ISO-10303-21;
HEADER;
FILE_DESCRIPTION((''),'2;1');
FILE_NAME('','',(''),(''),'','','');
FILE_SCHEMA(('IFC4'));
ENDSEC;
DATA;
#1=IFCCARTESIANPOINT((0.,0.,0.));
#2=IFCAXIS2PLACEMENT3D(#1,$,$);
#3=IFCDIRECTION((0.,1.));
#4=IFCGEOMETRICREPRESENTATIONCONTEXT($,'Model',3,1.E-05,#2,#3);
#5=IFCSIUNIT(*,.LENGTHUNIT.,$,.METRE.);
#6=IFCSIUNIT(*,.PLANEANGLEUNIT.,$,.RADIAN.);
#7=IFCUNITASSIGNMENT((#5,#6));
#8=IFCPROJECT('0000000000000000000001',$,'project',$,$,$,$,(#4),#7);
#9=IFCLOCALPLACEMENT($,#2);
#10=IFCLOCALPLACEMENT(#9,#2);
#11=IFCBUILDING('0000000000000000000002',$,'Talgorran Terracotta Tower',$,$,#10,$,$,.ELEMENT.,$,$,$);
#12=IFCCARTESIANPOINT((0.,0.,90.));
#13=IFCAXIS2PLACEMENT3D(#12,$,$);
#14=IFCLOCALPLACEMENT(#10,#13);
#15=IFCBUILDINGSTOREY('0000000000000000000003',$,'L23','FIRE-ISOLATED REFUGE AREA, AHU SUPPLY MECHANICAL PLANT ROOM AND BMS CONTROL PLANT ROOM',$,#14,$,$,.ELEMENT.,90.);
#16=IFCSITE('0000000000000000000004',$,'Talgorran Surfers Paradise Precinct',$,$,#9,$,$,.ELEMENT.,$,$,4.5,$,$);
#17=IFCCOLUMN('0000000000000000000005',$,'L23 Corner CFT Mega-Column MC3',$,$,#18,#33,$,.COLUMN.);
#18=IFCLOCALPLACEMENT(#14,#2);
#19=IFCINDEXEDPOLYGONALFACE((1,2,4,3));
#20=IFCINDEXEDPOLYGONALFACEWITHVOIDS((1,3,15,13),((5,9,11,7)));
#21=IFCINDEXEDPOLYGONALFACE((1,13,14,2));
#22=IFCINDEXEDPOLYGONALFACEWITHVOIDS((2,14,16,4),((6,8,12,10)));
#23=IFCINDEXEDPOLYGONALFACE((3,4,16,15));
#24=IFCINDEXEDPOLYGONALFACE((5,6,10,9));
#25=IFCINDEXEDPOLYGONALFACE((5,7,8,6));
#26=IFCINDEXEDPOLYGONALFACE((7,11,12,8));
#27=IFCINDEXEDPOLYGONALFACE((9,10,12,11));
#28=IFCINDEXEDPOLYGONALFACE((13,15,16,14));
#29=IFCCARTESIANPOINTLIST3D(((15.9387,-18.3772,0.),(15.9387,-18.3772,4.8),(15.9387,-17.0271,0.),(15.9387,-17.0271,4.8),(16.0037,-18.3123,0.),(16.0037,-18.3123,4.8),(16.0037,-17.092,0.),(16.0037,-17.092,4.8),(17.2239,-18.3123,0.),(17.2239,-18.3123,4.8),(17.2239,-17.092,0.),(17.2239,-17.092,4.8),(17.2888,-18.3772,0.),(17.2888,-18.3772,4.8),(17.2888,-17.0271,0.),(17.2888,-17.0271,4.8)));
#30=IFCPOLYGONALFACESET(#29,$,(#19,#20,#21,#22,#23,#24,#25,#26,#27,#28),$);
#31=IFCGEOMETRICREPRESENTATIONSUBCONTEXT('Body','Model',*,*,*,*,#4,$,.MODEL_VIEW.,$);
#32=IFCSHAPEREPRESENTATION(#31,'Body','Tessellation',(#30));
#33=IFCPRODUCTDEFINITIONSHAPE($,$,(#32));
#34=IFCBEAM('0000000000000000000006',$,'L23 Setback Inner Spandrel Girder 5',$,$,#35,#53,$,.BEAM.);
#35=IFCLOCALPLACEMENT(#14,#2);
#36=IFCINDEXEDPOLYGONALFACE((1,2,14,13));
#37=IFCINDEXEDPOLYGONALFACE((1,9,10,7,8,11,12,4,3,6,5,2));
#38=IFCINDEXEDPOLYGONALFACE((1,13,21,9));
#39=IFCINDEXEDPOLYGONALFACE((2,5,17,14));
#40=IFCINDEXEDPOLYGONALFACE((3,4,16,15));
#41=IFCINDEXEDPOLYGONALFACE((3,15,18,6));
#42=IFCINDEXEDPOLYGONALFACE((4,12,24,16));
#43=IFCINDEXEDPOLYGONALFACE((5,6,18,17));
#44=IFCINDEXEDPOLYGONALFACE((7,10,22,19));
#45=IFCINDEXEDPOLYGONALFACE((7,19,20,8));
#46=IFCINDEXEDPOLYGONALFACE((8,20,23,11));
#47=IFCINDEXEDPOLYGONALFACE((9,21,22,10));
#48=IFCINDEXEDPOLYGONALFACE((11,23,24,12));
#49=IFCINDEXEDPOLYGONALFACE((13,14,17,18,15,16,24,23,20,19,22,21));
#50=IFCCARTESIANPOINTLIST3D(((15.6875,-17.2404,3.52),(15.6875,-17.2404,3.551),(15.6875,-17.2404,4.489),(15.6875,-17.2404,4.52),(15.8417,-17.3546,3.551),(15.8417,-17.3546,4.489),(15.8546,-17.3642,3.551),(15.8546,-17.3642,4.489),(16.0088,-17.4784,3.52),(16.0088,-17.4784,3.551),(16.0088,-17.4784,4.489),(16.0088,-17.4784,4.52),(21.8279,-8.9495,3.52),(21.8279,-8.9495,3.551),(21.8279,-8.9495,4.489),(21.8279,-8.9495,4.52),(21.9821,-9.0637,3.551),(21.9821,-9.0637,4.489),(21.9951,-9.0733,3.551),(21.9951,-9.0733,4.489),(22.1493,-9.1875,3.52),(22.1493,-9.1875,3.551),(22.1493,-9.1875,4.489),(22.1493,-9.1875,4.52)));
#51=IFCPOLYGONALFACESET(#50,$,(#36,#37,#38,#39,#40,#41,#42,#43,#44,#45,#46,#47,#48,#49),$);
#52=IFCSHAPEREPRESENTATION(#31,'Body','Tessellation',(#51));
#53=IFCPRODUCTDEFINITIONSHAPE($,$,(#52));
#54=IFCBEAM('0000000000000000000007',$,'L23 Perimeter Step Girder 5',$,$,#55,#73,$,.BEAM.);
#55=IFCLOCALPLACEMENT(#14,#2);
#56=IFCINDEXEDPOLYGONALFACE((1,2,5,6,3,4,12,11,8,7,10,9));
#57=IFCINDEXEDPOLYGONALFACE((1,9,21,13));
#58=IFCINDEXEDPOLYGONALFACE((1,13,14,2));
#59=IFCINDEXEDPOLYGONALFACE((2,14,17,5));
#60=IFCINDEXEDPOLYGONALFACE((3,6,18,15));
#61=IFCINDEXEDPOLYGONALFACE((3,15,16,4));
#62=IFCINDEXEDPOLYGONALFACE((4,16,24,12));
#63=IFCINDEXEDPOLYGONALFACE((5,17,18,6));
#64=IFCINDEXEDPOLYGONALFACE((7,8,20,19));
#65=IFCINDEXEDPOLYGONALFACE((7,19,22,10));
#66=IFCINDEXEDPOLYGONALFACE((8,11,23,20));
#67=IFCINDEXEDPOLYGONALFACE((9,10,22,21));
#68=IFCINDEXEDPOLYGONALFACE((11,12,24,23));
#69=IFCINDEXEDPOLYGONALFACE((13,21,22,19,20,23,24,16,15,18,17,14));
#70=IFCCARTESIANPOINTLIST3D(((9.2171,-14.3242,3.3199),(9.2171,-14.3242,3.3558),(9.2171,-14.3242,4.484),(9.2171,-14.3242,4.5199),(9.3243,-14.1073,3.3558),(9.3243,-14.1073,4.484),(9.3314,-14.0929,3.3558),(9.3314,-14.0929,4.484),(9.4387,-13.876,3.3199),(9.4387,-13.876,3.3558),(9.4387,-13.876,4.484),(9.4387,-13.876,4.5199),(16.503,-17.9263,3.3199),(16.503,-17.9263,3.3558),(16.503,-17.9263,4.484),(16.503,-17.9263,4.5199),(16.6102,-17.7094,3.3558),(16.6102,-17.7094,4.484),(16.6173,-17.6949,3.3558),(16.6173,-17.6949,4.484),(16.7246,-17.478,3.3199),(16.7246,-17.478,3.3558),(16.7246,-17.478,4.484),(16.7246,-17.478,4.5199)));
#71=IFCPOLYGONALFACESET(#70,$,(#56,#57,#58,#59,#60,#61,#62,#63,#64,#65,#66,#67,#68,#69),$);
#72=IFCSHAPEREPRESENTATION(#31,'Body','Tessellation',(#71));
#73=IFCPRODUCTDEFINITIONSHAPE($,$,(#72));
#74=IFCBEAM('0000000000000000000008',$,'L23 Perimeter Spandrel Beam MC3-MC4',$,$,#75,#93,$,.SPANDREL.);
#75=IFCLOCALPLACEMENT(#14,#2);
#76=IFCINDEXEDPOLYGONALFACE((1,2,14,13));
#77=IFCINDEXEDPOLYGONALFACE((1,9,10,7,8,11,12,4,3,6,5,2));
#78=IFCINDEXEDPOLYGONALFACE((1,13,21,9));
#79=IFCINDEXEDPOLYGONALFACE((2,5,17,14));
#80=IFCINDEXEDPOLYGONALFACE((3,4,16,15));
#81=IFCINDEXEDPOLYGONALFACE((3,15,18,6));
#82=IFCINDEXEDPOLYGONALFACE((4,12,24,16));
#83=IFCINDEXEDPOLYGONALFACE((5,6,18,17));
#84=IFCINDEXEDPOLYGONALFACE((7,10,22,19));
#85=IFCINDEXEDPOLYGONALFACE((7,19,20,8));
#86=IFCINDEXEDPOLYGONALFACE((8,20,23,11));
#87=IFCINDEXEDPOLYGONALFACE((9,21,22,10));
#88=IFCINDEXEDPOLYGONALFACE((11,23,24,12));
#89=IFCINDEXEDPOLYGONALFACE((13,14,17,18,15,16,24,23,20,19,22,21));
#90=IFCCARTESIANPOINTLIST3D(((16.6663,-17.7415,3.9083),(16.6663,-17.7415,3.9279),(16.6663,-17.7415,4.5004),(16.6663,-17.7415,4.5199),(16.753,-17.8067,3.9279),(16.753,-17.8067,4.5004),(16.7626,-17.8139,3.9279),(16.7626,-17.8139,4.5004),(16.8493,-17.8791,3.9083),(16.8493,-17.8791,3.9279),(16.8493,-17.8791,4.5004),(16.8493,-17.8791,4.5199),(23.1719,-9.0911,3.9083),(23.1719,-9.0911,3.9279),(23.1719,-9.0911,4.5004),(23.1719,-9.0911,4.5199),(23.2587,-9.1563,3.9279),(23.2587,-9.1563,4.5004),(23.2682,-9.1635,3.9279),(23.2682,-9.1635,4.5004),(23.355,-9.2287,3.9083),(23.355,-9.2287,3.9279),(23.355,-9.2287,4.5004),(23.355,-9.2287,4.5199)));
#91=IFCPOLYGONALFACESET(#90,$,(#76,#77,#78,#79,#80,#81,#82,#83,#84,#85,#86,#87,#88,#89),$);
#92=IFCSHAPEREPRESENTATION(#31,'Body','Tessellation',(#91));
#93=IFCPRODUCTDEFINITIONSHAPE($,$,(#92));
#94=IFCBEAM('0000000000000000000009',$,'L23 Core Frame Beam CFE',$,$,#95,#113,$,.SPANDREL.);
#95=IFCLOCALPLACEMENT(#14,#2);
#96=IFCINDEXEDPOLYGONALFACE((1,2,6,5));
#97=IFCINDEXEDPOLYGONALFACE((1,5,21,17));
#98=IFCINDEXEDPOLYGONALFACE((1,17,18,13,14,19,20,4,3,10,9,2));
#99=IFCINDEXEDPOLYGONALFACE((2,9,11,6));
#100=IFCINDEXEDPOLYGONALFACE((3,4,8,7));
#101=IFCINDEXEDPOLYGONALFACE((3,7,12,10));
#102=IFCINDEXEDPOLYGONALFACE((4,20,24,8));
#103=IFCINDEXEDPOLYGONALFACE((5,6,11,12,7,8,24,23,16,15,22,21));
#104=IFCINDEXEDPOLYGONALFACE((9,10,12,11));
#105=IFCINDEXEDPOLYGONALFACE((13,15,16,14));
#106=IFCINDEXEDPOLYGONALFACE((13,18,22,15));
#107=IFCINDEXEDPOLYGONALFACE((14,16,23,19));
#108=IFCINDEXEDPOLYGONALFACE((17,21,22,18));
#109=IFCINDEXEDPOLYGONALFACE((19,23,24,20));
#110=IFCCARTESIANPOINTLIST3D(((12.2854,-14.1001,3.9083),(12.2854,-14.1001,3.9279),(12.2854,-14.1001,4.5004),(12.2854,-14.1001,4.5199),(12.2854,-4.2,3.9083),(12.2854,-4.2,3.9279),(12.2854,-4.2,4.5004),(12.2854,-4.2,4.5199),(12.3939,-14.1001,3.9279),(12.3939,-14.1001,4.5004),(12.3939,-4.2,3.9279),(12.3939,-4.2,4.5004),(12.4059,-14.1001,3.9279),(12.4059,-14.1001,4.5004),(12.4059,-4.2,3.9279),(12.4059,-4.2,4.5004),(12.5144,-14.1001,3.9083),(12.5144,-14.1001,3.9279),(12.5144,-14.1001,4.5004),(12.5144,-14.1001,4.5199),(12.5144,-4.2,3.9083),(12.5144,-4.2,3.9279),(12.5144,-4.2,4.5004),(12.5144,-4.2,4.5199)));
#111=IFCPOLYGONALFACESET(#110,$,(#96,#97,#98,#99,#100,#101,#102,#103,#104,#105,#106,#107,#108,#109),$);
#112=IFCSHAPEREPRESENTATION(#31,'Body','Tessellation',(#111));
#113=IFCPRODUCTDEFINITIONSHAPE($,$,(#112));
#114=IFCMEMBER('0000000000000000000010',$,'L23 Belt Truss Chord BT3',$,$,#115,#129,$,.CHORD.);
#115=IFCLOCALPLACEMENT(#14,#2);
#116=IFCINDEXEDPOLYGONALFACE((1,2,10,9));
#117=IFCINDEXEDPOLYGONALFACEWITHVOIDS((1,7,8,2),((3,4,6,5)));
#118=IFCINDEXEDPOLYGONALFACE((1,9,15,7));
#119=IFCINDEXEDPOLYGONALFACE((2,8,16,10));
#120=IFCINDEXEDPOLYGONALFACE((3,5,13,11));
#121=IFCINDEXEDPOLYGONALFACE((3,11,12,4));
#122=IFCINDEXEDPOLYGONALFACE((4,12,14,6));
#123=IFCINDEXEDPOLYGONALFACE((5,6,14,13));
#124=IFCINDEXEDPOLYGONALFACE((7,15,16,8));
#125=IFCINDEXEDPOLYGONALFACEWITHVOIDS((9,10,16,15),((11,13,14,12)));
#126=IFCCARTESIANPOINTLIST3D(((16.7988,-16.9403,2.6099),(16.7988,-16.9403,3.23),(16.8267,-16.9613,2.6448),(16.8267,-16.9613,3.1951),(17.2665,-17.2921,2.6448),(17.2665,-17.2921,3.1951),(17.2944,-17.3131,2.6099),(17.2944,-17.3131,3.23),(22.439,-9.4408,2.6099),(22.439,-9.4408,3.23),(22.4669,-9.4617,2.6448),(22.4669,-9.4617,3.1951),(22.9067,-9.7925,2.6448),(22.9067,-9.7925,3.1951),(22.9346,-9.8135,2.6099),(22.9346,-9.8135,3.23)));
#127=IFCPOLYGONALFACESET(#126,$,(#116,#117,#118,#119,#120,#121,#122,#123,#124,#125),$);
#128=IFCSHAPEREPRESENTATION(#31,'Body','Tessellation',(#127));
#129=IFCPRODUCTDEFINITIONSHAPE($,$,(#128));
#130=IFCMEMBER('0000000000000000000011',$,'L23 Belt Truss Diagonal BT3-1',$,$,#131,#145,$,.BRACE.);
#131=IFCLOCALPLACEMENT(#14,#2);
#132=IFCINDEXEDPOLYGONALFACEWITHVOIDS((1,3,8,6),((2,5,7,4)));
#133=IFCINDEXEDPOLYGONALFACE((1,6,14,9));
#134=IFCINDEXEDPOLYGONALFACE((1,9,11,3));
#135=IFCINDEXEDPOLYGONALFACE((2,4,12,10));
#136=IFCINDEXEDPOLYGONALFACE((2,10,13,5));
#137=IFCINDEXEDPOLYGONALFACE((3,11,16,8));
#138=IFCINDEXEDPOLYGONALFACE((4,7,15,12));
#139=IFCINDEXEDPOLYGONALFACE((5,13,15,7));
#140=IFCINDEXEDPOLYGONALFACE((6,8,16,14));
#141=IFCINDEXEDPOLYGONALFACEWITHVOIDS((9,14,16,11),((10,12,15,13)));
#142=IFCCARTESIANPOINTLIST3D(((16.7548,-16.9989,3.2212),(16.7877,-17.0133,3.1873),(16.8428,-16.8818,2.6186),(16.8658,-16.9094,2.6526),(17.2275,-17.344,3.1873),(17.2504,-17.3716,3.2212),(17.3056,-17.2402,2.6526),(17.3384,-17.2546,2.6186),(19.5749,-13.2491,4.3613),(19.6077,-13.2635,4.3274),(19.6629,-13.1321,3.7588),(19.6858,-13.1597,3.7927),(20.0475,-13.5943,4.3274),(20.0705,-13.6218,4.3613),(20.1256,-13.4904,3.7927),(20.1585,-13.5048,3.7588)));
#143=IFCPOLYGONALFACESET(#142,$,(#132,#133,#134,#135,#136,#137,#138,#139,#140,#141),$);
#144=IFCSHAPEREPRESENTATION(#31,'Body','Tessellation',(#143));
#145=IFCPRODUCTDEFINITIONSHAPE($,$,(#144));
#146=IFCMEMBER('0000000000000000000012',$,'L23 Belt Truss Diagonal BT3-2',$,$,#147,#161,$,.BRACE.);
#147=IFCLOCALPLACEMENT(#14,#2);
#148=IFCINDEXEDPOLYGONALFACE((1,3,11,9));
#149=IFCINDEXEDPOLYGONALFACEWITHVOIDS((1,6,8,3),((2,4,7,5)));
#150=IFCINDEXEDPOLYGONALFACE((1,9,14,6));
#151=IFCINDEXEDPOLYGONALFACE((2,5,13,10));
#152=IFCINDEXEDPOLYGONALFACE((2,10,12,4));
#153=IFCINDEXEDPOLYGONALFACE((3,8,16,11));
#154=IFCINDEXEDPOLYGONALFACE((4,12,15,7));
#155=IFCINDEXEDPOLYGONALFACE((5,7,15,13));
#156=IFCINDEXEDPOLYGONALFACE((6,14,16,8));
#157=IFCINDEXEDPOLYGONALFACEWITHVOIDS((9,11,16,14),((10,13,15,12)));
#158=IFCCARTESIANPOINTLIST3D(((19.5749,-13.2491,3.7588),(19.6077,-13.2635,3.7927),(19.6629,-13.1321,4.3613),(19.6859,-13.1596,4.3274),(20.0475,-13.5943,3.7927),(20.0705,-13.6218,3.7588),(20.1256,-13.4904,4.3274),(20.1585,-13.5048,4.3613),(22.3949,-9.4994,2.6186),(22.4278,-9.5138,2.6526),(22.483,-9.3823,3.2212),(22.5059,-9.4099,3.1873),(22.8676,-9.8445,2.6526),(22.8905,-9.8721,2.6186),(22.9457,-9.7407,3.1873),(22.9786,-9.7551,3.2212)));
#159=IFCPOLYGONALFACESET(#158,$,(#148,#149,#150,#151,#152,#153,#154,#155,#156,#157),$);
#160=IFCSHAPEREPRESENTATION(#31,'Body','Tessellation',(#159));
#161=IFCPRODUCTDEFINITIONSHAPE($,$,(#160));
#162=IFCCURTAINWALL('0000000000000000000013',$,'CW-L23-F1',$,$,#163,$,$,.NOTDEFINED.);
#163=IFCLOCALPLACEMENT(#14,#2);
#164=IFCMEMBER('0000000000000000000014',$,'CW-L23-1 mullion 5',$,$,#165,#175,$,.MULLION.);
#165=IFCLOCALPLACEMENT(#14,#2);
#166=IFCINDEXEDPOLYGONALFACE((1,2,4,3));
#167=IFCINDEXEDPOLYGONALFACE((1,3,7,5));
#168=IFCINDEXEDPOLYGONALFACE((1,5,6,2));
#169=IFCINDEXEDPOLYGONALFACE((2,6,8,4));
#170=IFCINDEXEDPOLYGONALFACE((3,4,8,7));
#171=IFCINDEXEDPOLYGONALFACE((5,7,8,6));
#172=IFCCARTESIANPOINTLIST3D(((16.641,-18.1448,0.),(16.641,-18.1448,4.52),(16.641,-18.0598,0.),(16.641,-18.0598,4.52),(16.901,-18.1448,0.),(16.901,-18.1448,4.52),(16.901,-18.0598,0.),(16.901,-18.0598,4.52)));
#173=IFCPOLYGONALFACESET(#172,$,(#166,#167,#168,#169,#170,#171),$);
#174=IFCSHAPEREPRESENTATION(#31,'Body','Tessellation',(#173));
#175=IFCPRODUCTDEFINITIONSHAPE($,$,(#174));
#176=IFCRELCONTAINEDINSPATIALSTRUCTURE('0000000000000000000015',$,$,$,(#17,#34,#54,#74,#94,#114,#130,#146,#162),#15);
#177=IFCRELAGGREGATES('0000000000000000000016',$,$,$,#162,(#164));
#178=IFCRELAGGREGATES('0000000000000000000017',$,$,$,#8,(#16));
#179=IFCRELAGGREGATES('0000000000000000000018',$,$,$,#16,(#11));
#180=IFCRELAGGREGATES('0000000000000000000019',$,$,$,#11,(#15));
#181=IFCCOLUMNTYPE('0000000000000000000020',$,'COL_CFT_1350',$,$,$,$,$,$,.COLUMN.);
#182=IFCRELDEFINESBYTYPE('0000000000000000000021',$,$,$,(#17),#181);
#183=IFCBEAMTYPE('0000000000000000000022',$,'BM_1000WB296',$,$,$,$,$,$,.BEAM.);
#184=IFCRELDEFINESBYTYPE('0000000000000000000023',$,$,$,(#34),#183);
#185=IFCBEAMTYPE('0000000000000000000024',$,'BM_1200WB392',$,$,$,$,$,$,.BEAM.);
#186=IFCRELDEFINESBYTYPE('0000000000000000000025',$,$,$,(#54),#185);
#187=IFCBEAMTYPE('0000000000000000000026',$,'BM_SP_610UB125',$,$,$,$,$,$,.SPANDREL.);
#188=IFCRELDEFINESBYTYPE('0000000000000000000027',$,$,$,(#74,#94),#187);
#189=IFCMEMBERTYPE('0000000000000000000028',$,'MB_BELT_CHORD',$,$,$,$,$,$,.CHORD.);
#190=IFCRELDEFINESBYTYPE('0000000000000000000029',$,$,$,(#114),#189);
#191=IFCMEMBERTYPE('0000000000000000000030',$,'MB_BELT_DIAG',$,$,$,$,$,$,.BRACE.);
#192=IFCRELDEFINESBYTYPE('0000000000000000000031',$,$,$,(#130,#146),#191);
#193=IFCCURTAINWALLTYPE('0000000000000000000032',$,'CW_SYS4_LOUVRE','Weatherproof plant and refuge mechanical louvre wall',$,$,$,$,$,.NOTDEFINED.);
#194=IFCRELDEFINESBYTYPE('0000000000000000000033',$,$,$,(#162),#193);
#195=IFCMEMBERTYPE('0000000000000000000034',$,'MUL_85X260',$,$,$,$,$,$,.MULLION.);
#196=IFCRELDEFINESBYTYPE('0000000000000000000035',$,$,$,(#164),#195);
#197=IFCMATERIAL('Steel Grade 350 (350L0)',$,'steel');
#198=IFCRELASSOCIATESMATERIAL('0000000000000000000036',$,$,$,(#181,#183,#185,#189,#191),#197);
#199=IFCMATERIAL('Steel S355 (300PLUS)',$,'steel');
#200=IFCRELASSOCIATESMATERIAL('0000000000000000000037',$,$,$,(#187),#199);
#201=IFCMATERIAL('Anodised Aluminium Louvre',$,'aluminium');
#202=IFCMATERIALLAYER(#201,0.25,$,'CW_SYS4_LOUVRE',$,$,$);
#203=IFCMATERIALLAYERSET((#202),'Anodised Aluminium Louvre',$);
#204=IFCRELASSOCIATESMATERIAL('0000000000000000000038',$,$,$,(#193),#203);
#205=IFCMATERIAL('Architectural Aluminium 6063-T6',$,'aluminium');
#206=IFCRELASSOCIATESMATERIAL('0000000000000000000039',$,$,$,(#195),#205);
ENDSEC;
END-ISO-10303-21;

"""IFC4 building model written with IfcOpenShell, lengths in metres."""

from ifc_helpers import new_model, si_unit, direction, frame, origin, origin_2d, place, context, subcontext, project, spatial, rectangle, hollow_rectangle, i_section, extrude, material, layer, layer_set, material_profile, profile_set, type_object, element, aggregate, save


model = new_model("IFC4")

# Units and contexts
model_context = context("Model", 3, precision=1e-05, world=origin(), true_north=direction((0.0, 1.0)))
body_context = subcontext(model_context, "Body", "Model", "MODEL_VIEW")
ifc_project = project(units=[si_unit("LENGTHUNIT", "METRE"), si_unit("PLANEANGLEUNIT", "RADIAN")], contexts=[model_context])

# Site, building, storey
site_placement = place(None, origin())
site = spatial("IfcSite", under=ifc_project, at=site_placement, Name="Talgorran Surfers Paradise Precinct", CompositionType="ELEMENT", RefElevation=4.5)
building_placement = place(site_placement, origin())
building = spatial("IfcBuilding", under=site, at=building_placement, Name="Talgorran Terracotta Tower", CompositionType="ELEMENT")
storey_placement = place(building_placement, frame((0.0, 0.0, 90.0)))
storey = spatial("IfcBuildingStorey", under=building, at=storey_placement, Name="L23", Description="FIRE-ISOLATED REFUGE AREA, AHU SUPPLY MECHANICAL PLANT ROOM AND BMS CONTROL PLANT ROOM", CompositionType="ELEMENT", Elevation=90.0)

# Column
ifc_material_1 = material(Name="Steel Grade 350 (350L0)", Category="steel")
ifc_material_profile_1 = material_profile(ifc_material_1, hollow_rectangle(XDim=1.3501, YDim=1.3501, WallThickness=0.0649, at=origin_2d()), Name="CFT1350X1350X65")
ifc_profile_set_1 = profile_set([ifc_material_profile_1], Name="Steel Grade 350 (350L0)")
column_type = type_object("IfcColumnType", Name="COL_CFT_1350", PredefinedType="COLUMN", material=ifc_profile_set_1)
column_placement = place(storey_placement, frame((16.6138, -17.7021, 0.0), z_axis=(0.0, 0.0, 1.0), x_axis=(1.0, 0.0, 0.0)))
element("IfcColumn", 1, at=column_placement, inside=storey, type_object=column_type, Name="L23 Corner CFT Mega-Column MC3", PredefinedType="COLUMN", context=body_context, shape_type="SweptSolid", body=[
    extrude(hollow_rectangle(XDim=1.3501, YDim=1.3501, WallThickness=0.0649, at=origin_2d()), origin(), (0.0, 0.0, 1.0), 4.8),
])

# Beams
ifc_material_profile_2 = material_profile(ifc_material_1, i_section(OverallWidth=0.3999, OverallDepth=1.0, WebThickness=0.0161, FlangeThickness=0.031, at=origin_2d()), Name="1000WB296")
ifc_profile_set_2 = profile_set([ifc_material_profile_2], Name="Steel Grade 350 (350L0)")
beam_type_1 = type_object("IfcBeamType", Name="BM_1000WB296", PredefinedType="BEAM", material=ifc_profile_set_2)
beam_1_placement = place(storey_placement, frame((15.8481, -17.3594, 4.02), z_axis=(0.595169, 0.8036, 0.0), x_axis=(-0.8036, 0.595169, 0.0)))
element("IfcBeam", 2, at=beam_1_placement, inside=storey, type_object=beam_type_1, Name="L23 Setback Inner Spandrel Girder 5", PredefinedType="BEAM", context=body_context, shape_type="SweptSolid", body=[
    extrude(i_section(OverallWidth=0.3999, OverallDepth=1.0, WebThickness=0.0161, FlangeThickness=0.031, at=origin_2d()), origin(), (0.0, 0.0, 1.0), 10.3171),
])
ifc_material_profile_3 = material_profile(ifc_material_1, i_section(OverallWidth=0.5, OverallDepth=1.2, WebThickness=0.0161, FlangeThickness=0.0359, at=origin_2d()), Name="1200WB392")
ifc_profile_set_3 = profile_set([ifc_material_profile_3], Name="Steel Grade 350 (350L0)")
beam_type_2 = type_object("IfcBeamType", Name="BM_1200WB392", PredefinedType="BEAM", material=ifc_profile_set_3)
beam_2_placement = place(storey_placement, frame((16.6138, -17.7021, 3.9199), z_axis=(-0.896431, 0.443184, 0.0), x_axis=(-0.443184, -0.896431, 0.0)))
element("IfcBeam", 3, at=beam_2_placement, inside=storey, type_object=beam_type_2, Name="L23 Perimeter Step Girder 5", PredefinedType="BEAM", context=body_context, shape_type="SweptSolid", body=[
    extrude(i_section(OverallWidth=0.5, OverallDepth=1.2, WebThickness=0.0161, FlangeThickness=0.0359, at=origin_2d()), origin(), (0.0, 0.0, 1.0), 8.1277),
])
ifc_material_2 = material(Name="Steel S355 (300PLUS)", Category="steel")
ifc_material_profile_4 = material_profile(ifc_material_2, i_section(OverallWidth=0.229, OverallDepth=0.6116, WebThickness=0.012, FlangeThickness=0.0195, at=origin_2d()), Name="610UB125")
ifc_profile_set_4 = profile_set([ifc_material_profile_4], Name="Steel S355 (300PLUS)")
beam_type_3 = type_object("IfcBeamType", Name="BM_SP_610UB125", PredefinedType="SPANDREL", material=ifc_profile_set_4)
beam_3_placement = place(storey_placement, frame((16.7578, -17.8103, 4.2141), z_axis=(0.601053, 0.799209, 0.0), x_axis=(-0.799209, 0.601053, 0.0)))
element("IfcBeam", 4, at=beam_3_placement, inside=storey, type_object=beam_type_3, Name="L23 Perimeter Spandrel Beam MC3-MC4", PredefinedType="SPANDREL", context=body_context, shape_type="SweptSolid", body=[
    extrude(i_section(OverallWidth=0.229, OverallDepth=0.6116, WebThickness=0.012, FlangeThickness=0.0195, at=origin_2d()), origin(), (0.0, 0.0, 1.0), 10.8237),
])
beam_4_placement = place(storey_placement, frame((12.3999, -14.1001, 4.2141), z_axis=(0.0, 1.0, 0.0), x_axis=(-1.0, 0.0, 0.0)))
element("IfcBeam", 5, at=beam_4_placement, inside=storey, type_object=beam_type_3, Name="L23 Core Frame Beam CFE", PredefinedType="SPANDREL", context=body_context, shape_type="SweptSolid", body=[
    extrude(i_section(OverallWidth=0.229, OverallDepth=0.6116, WebThickness=0.012, FlangeThickness=0.0195, at=origin_2d()), origin(), (0.0, 0.0, 1.0), 9.9001),
])

# Members
ifc_material_profile_5 = material_profile(ifc_material_1, hollow_rectangle(XDim=0.6201, YDim=0.6201, WallThickness=0.0349, at=origin_2d()), Name="WBOX620X620X35")
ifc_profile_set_5 = profile_set([ifc_material_profile_5], Name="Steel Grade 350 (350L0)")
member_type_1 = type_object("IfcMemberType", Name="MB_BELT_CHORD", PredefinedType="CHORD", material=ifc_profile_set_5)
member_1_placement = place(storey_placement, frame((17.0466, -17.1267, 2.9199), z_axis=(0.601057, 0.799206, 0.0), x_axis=(-0.799206, 0.601057, 0.0)))
element("IfcMember", 6, at=member_1_placement, inside=storey, type_object=member_type_1, Name="L23 Belt Truss Chord BT3", PredefinedType="CHORD", context=body_context, shape_type="SweptSolid", body=[
    extrude(hollow_rectangle(XDim=0.6201, YDim=0.6201, WallThickness=0.0349, at=origin_2d()), origin(), (0.0, 0.0, 1.0), 9.3838),
])
ifc_material_profile_6 = material_profile(ifc_material_1, hollow_rectangle(XDim=0.6201, YDim=0.6201, WallThickness=0.0349, at=origin_2d()), Name="WBOX620X620X35")
ifc_profile_set_6 = profile_set([ifc_material_profile_6], Name="Steel Grade 350 (350L0)")
member_type_2 = type_object("IfcMemberType", Name="MB_BELT_DIAG", PredefinedType="BRACE", material=ifc_profile_set_6)
for number, where, z_axis, x_axis, name in (
    (7, (17.0466, -17.1267, 2.9199), (0.58406, 0.776606, 0.236132), (-0.799206, 0.601057, 0.0), "L23 Belt Truss Diagonal BT3-1"),
    (8, (19.8667, -13.377, 4.0601), (0.58406, 0.776606, -0.236132), (-0.799206, 0.601057, 0.0), "L23 Belt Truss Diagonal BT3-2"),
):
    element("IfcMember", number, at=place(storey_placement, frame(where, z_axis=z_axis, x_axis=x_axis)), inside=storey, type_object=member_type_2, Name=name, PredefinedType="BRACE", context=body_context, shape_type="SweptSolid", body=[
        extrude(hollow_rectangle(XDim=0.6201, YDim=0.6201, WallThickness=0.0349, at=origin_2d()), origin(), (0.0, 0.0, 1.0), 4.8284),
    ])

# Curtain wall, member
ifc_material_3 = material(Name="Anodised Aluminium Louvre", Category="aluminium")
ifc_layer_1 = layer(ifc_material_3, 0.25, Name="CW_SYS4_LOUVRE")
ifc_layer_set_1 = layer_set([ifc_layer_1], Name="Anodised Aluminium Louvre")
curtain_wall_type = type_object("IfcCurtainWallType", Name="CW_SYS4_LOUVRE", Description="Weatherproof plant and refuge mechanical louvre wall", PredefinedType="NOTDEFINED", material=ifc_layer_set_1)
curtain_wall_1_placement = place(storey_placement, origin())
curtain_wall_1 = element("IfcCurtainWall", 9, at=curtain_wall_1_placement, inside=storey, type_object=curtain_wall_type, Name="CW-L23-F1", PredefinedType="NOTDEFINED")
ifc_material_4 = material(Name="Architectural Aluminium 6063-T6", Category="aluminium")
ifc_material_profile_7 = material_profile(ifc_material_4, rectangle(XDim=0.085, YDim=0.26, at=origin_2d()), Name="CWM85X260")
ifc_profile_set_7 = profile_set([ifc_material_profile_7], Name="Architectural Aluminium 6063-T6")
member_type_3 = type_object("IfcMemberType", Name="MUL_85X260", PredefinedType="MULLION", material=ifc_profile_set_7)
member_2_placement = place(storey_placement, frame((16.771, -18.1023, 0.0), z_axis=(0.0, 0.0, 1.0), x_axis=(0.0, 1.0, 0.0)))
member_2 = element("IfcMember", 10, at=member_2_placement, type_object=member_type_3, Name="CW-L23-1 mullion 5", PredefinedType="MULLION", context=body_context, shape_type="SweptSolid", body=[
    extrude(rectangle(XDim=0.085, YDim=0.26, at=origin_2d()), origin(), (0.0, 0.0, 1.0), 4.52),
])

aggregate(curtain_wall_1, [member_2])

save(model, "model.ifc")
